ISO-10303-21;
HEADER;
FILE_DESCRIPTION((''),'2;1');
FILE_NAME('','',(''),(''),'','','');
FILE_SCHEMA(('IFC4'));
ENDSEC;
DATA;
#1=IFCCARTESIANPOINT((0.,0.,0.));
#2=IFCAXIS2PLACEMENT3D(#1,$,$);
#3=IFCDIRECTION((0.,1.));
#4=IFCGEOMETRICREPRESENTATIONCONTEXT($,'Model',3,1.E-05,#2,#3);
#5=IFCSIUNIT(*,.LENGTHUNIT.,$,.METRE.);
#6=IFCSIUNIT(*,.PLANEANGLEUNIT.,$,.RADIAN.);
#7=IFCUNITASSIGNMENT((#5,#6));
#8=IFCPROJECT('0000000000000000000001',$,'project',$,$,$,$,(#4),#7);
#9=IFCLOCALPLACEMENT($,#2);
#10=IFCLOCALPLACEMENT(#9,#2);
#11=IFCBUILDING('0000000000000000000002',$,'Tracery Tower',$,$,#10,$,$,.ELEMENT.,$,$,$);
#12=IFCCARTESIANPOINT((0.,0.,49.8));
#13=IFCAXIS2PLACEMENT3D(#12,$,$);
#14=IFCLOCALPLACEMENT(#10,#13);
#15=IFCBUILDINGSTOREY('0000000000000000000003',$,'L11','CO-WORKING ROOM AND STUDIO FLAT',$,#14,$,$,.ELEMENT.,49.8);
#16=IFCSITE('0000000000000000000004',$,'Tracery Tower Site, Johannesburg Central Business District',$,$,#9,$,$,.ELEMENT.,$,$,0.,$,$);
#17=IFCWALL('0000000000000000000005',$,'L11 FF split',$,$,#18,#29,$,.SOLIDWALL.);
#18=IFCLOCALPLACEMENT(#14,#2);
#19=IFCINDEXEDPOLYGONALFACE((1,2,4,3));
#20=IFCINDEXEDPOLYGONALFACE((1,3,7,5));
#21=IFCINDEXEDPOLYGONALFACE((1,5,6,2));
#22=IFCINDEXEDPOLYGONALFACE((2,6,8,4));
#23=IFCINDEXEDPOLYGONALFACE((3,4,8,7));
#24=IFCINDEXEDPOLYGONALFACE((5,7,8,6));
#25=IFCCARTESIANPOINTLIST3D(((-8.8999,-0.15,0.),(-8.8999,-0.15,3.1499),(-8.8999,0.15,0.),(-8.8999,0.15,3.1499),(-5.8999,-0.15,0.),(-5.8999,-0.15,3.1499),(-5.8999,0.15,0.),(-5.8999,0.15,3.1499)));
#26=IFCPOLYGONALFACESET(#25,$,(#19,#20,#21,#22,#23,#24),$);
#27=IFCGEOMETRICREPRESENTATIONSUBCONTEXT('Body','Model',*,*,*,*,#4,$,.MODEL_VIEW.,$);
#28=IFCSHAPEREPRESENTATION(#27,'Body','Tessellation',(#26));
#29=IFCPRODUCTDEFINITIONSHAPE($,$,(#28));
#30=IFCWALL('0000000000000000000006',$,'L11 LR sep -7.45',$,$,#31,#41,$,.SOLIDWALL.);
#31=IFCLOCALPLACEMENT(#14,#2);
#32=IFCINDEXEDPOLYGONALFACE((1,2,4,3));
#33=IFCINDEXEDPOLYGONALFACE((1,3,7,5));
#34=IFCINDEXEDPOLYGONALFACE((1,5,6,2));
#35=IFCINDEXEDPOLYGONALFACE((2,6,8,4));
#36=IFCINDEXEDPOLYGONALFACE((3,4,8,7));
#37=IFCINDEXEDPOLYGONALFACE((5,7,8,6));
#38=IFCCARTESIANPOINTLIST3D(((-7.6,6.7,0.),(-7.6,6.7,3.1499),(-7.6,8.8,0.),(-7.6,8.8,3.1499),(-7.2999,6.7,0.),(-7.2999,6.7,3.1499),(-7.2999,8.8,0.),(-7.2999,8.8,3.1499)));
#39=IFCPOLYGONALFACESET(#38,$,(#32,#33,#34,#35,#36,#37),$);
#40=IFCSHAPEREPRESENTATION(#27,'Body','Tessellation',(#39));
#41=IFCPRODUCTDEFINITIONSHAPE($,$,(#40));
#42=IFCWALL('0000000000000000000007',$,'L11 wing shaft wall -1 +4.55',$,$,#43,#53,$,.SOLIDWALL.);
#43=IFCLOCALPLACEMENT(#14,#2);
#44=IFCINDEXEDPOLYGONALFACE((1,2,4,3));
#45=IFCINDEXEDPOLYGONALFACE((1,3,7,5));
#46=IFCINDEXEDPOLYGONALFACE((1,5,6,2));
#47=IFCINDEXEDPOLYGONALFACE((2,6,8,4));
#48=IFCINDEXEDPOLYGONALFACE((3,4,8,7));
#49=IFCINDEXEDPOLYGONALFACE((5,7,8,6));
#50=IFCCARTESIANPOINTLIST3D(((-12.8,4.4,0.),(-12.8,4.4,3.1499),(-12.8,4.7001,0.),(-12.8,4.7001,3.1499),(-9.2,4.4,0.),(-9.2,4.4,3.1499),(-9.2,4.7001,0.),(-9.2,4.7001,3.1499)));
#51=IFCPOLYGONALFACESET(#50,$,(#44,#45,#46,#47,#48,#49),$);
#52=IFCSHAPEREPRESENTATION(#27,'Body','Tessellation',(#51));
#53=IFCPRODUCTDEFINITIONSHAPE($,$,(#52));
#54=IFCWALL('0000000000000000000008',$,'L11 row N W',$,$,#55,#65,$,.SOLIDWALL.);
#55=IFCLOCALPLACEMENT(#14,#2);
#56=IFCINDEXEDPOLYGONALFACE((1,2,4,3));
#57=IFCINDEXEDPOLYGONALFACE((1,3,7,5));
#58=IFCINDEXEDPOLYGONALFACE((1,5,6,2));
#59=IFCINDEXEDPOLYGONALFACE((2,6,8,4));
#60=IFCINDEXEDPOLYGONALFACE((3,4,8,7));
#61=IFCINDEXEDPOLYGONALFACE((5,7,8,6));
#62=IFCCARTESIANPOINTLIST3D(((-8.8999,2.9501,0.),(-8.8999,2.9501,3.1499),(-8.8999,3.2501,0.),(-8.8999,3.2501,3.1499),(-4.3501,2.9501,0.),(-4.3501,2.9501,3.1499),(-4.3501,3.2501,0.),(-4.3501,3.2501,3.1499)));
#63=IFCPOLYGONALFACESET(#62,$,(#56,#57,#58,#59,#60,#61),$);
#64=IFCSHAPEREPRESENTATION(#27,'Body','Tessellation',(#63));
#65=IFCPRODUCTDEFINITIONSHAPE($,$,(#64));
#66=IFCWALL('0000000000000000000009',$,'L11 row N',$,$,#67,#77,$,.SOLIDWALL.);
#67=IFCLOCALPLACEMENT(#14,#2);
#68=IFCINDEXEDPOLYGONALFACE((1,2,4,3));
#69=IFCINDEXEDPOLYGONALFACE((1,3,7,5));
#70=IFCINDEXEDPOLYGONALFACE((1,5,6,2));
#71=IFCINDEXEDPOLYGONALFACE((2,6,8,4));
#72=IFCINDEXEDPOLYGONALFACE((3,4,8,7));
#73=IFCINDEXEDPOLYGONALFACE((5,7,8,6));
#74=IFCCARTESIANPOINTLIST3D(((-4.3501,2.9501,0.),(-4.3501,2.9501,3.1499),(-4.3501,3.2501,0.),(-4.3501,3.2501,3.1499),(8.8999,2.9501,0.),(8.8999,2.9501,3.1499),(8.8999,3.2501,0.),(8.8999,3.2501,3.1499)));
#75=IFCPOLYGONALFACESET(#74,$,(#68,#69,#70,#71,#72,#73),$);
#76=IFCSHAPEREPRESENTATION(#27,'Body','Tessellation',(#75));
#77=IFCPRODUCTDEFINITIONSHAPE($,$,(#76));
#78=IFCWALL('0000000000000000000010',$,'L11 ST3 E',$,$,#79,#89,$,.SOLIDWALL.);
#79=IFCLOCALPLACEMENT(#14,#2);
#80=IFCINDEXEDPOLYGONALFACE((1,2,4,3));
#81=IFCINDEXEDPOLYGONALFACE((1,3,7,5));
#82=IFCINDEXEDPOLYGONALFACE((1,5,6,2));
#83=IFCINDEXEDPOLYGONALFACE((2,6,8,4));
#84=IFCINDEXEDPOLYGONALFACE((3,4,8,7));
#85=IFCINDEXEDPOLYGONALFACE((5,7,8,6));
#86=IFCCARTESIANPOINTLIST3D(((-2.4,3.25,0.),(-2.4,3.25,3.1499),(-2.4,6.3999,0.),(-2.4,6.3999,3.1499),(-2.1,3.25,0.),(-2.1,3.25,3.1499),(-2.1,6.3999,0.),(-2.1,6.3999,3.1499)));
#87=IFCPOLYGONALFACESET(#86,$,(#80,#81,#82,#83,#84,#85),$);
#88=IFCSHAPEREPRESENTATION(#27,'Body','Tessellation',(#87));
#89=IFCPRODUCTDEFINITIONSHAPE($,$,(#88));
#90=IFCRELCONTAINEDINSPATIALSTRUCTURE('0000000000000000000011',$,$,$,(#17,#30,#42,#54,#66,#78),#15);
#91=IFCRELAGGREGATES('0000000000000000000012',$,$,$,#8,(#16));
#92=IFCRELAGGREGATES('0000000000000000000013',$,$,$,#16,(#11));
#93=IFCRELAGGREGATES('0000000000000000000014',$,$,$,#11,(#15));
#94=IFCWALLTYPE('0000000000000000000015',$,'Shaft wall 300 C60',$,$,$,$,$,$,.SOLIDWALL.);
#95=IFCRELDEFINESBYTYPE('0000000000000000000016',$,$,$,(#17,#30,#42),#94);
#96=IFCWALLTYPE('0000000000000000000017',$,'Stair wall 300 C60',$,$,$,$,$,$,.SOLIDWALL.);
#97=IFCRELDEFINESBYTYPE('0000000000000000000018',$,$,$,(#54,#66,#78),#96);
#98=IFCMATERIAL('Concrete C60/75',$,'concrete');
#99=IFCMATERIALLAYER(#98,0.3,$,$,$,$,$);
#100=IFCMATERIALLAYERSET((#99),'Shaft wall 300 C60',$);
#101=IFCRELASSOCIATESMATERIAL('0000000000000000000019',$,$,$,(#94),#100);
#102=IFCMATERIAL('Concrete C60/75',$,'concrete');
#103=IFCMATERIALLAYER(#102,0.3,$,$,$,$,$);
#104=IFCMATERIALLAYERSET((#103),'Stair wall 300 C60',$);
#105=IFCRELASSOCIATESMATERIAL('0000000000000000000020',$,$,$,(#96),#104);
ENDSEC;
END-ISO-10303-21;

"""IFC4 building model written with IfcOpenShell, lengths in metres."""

from ifc_helpers import new_model, si_unit, direction, frame, frame_2d, origin, place, context, subcontext, project, spatial, rectangle, extrude, material, layer, layer_set, type_object, element, save


model = new_model("IFC4")

# Units and contexts
model_context = context("Model", 3, precision=1e-05, world=origin(), true_north=direction((0.0, 1.0)))
body_context = subcontext(model_context, "Body", "Model", "MODEL_VIEW")
ifc_project = project(units=[si_unit("LENGTHUNIT", "METRE"), si_unit("PLANEANGLEUNIT", "RADIAN")], contexts=[model_context])

# Site, building, storey
site_placement = place(None, origin())
site = spatial("IfcSite", under=ifc_project, at=site_placement, Name="Tracery Tower Site, Johannesburg Central Business District", CompositionType="ELEMENT", RefElevation=0.0)
building_placement = place(site_placement, origin())
building = spatial("IfcBuilding", under=site, at=building_placement, Name="Tracery Tower", CompositionType="ELEMENT")
storey_placement = place(building_placement, frame((0.0, 0.0, 49.8)))
storey = spatial("IfcBuildingStorey", under=building, at=storey_placement, Name="L11", Description="CO-WORKING ROOM AND STUDIO FLAT", CompositionType="ELEMENT", Elevation=49.8)

# Walls
ifc_material_1 = material(Name="Concrete C60/75", Category="concrete")
ifc_layer_1 = layer(ifc_material_1, 0.3)
ifc_layer_set_1 = layer_set([ifc_layer_1], Name="Shaft wall 300 C60")
wall_type_1 = type_object("IfcWallType", Name="Shaft wall 300 C60", PredefinedType="SOLIDWALL", material=ifc_layer_set_1)
wall_1_placement = place(storey_placement, frame((-8.8999, 0.0, 0.0), z_axis=(0.0, 0.0, 1.0), x_axis=(1.0, 0.0, 0.0)))
element("IfcWall", 1, at=wall_1_placement, inside=storey, type_object=wall_type_1, Name="L11 FF split", PredefinedType="SOLIDWALL", context=body_context, shape_type="SweptSolid", body=[
    extrude(rectangle(XDim=3.0, YDim=0.3, at=frame_2d((1.5, 0.0))), origin(), (0.0, 0.0, 1.0), 3.1499),
])
wall_2_placement = place(storey_placement, frame((-7.45, 6.7, 0.0), z_axis=(0.0, 0.0, 1.0), x_axis=(0.0, 1.0, 0.0)))
element("IfcWall", 2, at=wall_2_placement, inside=storey, type_object=wall_type_1, Name="L11 LR sep -7.45", PredefinedType="SOLIDWALL", context=body_context, shape_type="SweptSolid", body=[
    extrude(rectangle(XDim=2.1001, YDim=0.3, at=frame_2d((1.05, 0.0))), origin(), (0.0, 0.0, 1.0), 3.1499),
])

# Wall
wall_3_placement = place(storey_placement, frame((-12.8, 4.55, 0.0), z_axis=(0.0, 0.0, 1.0), x_axis=(1.0, 0.0, 0.0)))
element("IfcWall", 3, at=wall_3_placement, inside=storey, type_object=wall_type_1, Name="L11 wing shaft wall -1 +4.55", PredefinedType="SOLIDWALL", context=body_context, shape_type="SweptSolid", body=[
    extrude(rectangle(XDim=3.6001, YDim=0.3, at=frame_2d((1.8, 0.0))), origin(), (0.0, 0.0, 1.0), 3.1499),
])

# Walls
ifc_material_2 = material(Name="Concrete C60/75", Category="concrete")
ifc_layer_2 = layer(ifc_material_2, 0.3)
ifc_layer_set_2 = layer_set([ifc_layer_2], Name="Stair wall 300 C60")
wall_type_2 = type_object("IfcWallType", Name="Stair wall 300 C60", PredefinedType="SOLIDWALL", material=ifc_layer_set_2)
wall_4_placement = place(storey_placement, frame((-8.8999, 3.1001, 0.0), z_axis=(0.0, 0.0, 1.0), x_axis=(1.0, 0.0, 0.0)))
element("IfcWall", 4, at=wall_4_placement, inside=storey, type_object=wall_type_2, Name="L11 row N W", PredefinedType="SOLIDWALL", context=body_context, shape_type="SweptSolid", body=[
    extrude(rectangle(XDim=4.5498, YDim=0.3, at=frame_2d((2.2749, 0.0))), origin(), (0.0, 0.0, 1.0), 3.1499),
])
wall_5_placement = place(storey_placement, frame((-4.3501, 3.1001, 0.0), z_axis=(0.0, 0.0, 1.0), x_axis=(1.0, 0.0, 0.0)))
element("IfcWall", 5, at=wall_5_placement, inside=storey, type_object=wall_type_2, Name="L11 row N", PredefinedType="SOLIDWALL", context=body_context, shape_type="SweptSolid", body=[
    extrude(rectangle(XDim=13.25, YDim=0.3, at=frame_2d((6.625, 0.0))), origin(), (0.0, 0.0, 1.0), 3.1499),
])
wall_6_placement = place(storey_placement, frame((-2.25, 3.25, 0.0), z_axis=(0.0, 0.0, 1.0), x_axis=(0.0, 1.0, 0.0)))
element("IfcWall", 6, at=wall_6_placement, inside=storey, type_object=wall_type_2, Name="L11 ST3 E", PredefinedType="SOLIDWALL", context=body_context, shape_type="SweptSolid", body=[
    extrude(rectangle(XDim=3.1499, YDim=0.3, at=frame_2d((1.575, 0.0))), origin(), (0.0, 0.0, 1.0), 3.1499),
])

save(model, "model.ifc")
